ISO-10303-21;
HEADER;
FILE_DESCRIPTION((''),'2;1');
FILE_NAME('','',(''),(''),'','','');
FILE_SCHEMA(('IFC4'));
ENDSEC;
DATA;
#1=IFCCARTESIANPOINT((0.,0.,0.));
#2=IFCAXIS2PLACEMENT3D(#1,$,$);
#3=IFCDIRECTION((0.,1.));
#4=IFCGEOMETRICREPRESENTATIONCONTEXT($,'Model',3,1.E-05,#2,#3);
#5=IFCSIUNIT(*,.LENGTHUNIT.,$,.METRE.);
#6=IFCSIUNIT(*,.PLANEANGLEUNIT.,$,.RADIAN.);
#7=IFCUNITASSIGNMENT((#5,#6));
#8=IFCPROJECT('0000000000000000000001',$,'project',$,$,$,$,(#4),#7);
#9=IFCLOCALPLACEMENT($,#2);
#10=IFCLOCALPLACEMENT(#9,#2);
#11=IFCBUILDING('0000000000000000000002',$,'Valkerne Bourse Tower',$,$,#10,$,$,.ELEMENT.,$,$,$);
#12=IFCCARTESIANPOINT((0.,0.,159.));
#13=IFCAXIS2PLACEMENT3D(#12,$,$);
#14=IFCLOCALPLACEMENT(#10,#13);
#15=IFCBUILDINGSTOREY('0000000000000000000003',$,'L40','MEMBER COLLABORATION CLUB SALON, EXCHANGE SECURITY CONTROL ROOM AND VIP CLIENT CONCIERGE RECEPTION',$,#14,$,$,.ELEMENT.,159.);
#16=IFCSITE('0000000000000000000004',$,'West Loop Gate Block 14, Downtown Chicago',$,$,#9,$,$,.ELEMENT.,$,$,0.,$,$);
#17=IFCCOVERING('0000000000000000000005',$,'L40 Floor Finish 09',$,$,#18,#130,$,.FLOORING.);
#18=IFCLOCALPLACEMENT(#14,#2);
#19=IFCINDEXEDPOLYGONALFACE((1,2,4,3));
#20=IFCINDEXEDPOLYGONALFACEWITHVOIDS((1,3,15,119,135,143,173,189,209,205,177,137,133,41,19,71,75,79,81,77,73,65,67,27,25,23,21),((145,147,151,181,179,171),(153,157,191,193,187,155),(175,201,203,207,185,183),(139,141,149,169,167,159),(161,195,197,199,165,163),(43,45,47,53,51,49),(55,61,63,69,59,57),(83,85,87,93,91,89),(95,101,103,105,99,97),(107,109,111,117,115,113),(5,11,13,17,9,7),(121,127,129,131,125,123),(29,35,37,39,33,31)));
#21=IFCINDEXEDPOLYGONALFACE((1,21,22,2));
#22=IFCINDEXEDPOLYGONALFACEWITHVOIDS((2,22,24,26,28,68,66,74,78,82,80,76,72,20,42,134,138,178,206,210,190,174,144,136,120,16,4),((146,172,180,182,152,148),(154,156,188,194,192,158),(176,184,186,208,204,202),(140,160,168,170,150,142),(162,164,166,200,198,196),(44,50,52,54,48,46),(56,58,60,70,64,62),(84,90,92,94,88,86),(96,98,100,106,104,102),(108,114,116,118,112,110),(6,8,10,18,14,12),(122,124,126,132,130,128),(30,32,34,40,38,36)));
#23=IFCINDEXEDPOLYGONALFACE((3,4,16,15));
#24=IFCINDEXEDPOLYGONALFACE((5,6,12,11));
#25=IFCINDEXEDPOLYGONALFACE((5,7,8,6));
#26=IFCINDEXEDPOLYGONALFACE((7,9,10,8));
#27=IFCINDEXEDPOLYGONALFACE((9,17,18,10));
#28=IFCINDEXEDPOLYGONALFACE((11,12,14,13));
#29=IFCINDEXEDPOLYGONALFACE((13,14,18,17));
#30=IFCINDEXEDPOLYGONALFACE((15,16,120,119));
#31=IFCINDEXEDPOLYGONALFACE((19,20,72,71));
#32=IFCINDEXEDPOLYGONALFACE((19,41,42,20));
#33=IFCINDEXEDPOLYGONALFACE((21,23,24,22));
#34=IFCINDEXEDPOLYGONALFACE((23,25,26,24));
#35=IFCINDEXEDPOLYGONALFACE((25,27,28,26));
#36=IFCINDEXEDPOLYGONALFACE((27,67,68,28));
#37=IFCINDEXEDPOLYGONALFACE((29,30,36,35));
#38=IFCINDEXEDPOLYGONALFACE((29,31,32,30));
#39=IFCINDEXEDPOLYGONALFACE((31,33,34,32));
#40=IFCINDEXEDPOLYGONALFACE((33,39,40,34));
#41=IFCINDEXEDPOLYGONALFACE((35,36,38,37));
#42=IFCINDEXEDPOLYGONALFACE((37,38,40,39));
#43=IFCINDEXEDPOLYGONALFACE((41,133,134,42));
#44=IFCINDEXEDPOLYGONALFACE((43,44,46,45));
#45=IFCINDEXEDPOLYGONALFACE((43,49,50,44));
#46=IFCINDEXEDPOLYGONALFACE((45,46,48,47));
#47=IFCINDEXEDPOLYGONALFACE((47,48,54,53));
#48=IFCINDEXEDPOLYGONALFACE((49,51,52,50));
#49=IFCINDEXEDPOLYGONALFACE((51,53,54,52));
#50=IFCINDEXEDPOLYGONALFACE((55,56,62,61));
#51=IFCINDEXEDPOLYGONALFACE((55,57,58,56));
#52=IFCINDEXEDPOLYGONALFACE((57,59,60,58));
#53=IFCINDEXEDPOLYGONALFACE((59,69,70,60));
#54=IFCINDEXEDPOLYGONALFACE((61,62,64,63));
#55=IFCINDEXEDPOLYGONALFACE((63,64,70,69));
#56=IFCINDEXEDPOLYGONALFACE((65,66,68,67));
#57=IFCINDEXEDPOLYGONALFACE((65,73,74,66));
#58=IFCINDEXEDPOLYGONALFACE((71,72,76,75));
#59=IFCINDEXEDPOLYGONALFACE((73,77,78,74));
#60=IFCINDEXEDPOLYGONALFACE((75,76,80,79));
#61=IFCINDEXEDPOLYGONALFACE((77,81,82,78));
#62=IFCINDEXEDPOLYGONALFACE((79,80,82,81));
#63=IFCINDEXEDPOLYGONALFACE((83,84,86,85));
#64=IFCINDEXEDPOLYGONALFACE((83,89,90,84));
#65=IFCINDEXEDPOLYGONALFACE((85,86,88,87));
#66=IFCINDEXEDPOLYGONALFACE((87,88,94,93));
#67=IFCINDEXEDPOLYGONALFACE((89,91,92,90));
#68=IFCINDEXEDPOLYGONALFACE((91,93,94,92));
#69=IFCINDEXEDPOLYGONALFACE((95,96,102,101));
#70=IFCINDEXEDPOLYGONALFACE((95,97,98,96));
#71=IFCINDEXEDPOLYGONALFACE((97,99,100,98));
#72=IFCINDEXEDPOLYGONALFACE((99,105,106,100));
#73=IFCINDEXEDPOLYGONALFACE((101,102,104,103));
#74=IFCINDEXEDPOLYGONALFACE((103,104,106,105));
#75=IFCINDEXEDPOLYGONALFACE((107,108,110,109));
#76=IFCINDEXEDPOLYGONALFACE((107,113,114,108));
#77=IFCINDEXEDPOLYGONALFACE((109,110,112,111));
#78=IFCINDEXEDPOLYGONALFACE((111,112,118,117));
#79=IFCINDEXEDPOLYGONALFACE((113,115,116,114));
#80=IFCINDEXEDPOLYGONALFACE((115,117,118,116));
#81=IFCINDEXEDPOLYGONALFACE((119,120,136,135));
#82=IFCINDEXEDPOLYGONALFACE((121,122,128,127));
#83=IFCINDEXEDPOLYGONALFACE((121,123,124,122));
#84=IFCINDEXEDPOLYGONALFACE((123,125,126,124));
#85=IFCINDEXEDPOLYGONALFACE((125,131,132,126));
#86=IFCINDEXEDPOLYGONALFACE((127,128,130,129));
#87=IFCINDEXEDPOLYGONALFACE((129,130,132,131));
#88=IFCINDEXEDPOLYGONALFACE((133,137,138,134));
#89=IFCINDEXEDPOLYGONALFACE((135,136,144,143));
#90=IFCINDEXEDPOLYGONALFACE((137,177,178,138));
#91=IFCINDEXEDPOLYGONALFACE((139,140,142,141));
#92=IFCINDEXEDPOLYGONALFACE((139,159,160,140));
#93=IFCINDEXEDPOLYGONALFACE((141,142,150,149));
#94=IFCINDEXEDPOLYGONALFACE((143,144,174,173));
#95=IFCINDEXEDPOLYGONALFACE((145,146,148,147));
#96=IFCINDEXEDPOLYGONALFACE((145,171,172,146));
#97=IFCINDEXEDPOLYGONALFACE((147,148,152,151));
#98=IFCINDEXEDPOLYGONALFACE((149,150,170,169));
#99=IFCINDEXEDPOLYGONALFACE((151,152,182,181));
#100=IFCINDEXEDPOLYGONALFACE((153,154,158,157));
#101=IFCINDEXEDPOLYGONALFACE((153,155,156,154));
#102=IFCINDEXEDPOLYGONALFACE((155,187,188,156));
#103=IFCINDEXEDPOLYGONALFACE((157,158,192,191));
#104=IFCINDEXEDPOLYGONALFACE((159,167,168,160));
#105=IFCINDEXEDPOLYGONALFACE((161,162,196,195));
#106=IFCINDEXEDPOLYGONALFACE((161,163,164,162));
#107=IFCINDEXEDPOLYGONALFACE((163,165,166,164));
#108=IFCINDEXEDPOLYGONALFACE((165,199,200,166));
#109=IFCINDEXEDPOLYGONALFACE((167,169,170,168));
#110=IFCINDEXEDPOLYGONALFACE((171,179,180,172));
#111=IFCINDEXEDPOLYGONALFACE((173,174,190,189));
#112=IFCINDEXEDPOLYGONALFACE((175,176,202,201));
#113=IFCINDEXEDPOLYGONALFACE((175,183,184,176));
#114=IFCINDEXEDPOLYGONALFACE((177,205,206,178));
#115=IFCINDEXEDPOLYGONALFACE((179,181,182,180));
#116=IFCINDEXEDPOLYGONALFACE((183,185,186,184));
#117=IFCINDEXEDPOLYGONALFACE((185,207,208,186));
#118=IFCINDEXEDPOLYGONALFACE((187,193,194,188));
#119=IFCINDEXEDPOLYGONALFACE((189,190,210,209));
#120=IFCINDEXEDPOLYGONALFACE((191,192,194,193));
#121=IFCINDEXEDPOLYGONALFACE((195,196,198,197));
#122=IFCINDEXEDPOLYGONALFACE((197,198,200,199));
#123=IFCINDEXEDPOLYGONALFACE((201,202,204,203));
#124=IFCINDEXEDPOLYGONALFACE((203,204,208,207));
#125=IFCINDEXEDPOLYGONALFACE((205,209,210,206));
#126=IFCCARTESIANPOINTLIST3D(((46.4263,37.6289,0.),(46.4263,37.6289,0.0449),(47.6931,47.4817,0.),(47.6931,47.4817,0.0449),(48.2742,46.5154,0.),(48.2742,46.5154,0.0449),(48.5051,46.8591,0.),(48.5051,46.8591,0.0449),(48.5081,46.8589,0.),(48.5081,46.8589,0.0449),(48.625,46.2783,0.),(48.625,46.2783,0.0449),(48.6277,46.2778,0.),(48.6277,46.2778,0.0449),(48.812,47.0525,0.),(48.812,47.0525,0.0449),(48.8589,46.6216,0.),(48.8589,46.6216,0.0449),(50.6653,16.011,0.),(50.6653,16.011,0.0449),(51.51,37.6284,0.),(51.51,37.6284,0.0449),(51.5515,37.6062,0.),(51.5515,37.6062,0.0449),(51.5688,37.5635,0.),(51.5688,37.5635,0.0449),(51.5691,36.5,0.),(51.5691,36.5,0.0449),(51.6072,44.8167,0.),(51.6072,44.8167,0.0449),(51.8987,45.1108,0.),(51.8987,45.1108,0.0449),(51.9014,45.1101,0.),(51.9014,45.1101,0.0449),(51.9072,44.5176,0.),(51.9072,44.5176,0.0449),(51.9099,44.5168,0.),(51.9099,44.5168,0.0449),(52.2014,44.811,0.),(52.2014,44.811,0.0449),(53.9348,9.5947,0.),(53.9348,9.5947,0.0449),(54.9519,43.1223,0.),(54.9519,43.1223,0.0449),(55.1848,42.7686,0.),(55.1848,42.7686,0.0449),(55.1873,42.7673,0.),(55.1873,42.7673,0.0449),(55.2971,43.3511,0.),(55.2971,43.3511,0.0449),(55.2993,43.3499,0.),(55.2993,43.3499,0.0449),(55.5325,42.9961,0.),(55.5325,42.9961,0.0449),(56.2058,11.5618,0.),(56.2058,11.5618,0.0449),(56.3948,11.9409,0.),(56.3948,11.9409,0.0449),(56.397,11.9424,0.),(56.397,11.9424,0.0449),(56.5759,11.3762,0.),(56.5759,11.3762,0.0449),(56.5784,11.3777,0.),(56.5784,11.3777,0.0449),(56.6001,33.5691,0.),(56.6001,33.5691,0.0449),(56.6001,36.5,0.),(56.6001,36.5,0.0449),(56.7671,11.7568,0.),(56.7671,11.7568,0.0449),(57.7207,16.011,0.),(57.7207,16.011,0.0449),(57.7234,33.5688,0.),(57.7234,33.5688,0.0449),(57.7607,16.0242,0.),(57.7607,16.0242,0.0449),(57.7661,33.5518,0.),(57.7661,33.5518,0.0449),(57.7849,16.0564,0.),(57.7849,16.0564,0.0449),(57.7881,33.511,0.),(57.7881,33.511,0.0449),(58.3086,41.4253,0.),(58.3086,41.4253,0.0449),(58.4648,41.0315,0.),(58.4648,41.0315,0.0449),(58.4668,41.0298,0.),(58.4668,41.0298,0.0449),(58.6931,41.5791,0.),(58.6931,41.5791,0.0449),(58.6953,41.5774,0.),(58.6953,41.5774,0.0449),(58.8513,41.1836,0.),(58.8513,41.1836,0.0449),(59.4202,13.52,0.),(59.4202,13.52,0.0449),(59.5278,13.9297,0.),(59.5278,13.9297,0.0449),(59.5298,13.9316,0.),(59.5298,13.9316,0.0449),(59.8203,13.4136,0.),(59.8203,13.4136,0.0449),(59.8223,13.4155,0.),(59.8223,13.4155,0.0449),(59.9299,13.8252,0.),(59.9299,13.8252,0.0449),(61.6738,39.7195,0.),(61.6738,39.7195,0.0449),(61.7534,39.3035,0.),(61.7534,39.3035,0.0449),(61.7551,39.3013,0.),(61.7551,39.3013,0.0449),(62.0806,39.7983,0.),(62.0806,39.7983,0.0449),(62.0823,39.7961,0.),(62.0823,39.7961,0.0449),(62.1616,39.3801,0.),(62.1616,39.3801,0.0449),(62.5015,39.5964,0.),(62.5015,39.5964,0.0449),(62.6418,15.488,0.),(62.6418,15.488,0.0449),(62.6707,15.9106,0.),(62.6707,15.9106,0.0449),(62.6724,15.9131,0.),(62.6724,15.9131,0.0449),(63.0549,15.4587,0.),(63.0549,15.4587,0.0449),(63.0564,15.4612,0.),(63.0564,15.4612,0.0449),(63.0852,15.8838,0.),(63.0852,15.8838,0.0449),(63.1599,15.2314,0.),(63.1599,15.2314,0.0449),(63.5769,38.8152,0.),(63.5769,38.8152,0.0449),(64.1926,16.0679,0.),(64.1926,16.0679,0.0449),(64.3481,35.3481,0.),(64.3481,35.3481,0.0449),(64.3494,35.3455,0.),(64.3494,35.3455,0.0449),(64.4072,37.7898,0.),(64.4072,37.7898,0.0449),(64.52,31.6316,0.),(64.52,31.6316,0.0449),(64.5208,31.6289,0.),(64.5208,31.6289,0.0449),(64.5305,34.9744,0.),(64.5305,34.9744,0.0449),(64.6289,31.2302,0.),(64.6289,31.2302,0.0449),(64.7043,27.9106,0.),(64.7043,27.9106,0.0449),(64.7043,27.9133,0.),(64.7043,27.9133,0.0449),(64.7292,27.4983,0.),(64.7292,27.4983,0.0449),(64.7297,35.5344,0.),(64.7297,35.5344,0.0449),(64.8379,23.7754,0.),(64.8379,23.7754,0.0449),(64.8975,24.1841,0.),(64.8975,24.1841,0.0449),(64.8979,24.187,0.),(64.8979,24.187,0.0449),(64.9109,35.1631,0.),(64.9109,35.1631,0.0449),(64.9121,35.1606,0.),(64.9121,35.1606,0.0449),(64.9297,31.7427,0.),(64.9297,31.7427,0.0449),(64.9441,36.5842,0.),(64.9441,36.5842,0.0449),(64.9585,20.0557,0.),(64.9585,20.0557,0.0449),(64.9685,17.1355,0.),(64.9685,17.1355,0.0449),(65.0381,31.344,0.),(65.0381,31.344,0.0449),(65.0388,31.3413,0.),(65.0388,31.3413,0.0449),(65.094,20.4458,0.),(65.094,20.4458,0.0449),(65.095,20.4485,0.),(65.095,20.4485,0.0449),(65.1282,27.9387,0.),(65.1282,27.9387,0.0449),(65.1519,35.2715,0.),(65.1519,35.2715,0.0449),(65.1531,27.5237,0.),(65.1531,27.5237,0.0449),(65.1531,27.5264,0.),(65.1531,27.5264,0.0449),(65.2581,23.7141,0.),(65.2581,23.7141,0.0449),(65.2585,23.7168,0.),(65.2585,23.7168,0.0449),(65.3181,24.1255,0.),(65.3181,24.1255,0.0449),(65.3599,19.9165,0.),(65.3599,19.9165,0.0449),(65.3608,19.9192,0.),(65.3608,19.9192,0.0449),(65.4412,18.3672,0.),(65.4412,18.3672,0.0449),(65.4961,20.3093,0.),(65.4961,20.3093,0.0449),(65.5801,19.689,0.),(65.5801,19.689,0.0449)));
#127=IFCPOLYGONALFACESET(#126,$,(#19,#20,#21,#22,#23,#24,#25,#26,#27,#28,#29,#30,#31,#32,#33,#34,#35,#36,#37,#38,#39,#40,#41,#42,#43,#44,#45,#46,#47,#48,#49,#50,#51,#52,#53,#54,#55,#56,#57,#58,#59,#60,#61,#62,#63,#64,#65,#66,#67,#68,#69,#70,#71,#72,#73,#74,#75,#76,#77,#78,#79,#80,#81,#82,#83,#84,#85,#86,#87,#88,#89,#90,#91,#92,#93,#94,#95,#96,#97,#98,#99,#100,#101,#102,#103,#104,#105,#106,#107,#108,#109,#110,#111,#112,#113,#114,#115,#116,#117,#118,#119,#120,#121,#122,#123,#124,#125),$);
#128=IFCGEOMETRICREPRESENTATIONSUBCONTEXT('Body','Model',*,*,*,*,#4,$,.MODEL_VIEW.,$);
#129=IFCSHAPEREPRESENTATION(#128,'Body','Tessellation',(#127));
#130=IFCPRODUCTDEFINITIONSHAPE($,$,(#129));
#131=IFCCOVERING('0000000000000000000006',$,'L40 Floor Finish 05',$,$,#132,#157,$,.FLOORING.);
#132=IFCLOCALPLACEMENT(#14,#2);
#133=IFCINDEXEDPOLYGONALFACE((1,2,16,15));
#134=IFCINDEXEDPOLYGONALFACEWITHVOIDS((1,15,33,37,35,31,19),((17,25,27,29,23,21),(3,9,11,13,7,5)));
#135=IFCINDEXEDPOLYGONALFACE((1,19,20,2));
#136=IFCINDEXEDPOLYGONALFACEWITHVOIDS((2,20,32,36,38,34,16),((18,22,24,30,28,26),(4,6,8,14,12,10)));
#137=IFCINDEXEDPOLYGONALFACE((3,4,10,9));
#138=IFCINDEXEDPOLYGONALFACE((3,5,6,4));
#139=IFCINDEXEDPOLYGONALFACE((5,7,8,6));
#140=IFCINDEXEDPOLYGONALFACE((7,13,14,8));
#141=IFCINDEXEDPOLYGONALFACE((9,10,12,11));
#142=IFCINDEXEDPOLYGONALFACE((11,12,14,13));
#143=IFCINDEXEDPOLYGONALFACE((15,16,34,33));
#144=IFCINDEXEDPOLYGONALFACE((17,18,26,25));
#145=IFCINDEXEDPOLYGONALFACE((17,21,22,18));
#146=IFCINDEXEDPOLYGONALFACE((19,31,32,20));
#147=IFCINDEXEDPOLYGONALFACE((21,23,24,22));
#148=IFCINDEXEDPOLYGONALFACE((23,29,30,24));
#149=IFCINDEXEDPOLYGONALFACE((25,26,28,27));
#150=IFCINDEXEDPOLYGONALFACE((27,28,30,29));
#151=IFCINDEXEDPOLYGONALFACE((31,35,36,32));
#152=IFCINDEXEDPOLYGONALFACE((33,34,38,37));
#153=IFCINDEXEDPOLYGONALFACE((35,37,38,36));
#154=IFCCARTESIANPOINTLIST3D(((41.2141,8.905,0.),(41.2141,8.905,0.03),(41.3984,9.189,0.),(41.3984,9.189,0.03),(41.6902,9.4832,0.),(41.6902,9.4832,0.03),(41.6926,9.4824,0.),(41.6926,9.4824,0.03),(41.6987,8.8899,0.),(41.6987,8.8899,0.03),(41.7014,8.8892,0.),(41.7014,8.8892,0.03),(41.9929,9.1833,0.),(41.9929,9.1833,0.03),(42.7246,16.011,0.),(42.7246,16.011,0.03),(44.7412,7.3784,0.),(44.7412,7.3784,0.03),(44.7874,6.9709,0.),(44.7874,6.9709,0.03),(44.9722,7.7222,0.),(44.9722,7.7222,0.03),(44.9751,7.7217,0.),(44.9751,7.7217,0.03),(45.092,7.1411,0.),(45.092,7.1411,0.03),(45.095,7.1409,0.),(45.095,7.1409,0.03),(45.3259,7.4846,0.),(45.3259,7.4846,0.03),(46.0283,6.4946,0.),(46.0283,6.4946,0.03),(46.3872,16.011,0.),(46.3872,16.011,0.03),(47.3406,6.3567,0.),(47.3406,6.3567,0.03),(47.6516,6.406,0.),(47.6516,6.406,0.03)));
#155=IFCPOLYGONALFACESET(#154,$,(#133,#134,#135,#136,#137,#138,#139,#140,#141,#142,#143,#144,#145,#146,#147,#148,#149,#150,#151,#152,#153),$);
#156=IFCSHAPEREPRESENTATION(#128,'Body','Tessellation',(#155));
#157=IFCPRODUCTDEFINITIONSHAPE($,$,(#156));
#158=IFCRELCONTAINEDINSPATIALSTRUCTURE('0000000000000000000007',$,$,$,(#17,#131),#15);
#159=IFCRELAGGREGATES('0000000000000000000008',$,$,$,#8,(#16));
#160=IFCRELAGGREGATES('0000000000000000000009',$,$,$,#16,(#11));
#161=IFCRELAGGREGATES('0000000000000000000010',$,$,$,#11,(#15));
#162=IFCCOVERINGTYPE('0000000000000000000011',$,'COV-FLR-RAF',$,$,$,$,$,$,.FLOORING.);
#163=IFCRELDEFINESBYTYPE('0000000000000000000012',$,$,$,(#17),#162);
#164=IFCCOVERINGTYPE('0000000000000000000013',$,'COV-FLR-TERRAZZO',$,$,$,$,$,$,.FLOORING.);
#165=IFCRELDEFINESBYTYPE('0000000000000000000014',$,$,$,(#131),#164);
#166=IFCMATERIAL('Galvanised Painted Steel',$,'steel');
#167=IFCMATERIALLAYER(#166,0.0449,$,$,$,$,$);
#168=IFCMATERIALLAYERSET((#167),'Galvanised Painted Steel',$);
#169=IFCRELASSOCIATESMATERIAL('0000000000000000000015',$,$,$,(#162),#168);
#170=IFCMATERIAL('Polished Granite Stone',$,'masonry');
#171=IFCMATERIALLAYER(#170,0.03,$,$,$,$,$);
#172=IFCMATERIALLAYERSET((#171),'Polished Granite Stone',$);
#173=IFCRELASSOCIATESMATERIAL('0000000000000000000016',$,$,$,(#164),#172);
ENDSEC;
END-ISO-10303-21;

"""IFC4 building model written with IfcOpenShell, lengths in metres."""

from ifc_helpers import new_model, si_unit, direction, frame, origin, place, context, subcontext, project, spatial, polyline, outline, extrude, material, layer, layer_set, type_object, element, save


model = new_model("IFC4")

# Units and contexts
model_context = context("Model", 3, precision=1e-05, world=origin(), true_north=direction((0.0, 1.0)))
body_context = subcontext(model_context, "Body", "Model", "MODEL_VIEW")
ifc_project = project(units=[si_unit("LENGTHUNIT", "METRE"), si_unit("PLANEANGLEUNIT", "RADIAN")], contexts=[model_context])

# Site, building, storey
site_placement = place(None, origin())
site = spatial("IfcSite", under=ifc_project, at=site_placement, Name="West Loop Gate Block 14, Downtown Chicago", CompositionType="ELEMENT", RefElevation=0.0)
building_placement = place(site_placement, origin())
building = spatial("IfcBuilding", under=site, at=building_placement, Name="Valkerne Bourse Tower", CompositionType="ELEMENT")
storey_placement = place(building_placement, frame((0.0, 0.0, 159.0)))
storey = spatial("IfcBuildingStorey", under=building, at=storey_placement, Name="L40", Description="MEMBER COLLABORATION CLUB SALON, EXCHANGE SECURITY CONTROL ROOM AND VIP CLIENT CONCIERGE RECEPTION", CompositionType="ELEMENT", Elevation=159.0)

# Coverings
ifc_material_1 = material(Name="Galvanised Painted Steel", Category="steel")
ifc_layer_1 = layer(ifc_material_1, 0.0449)
ifc_layer_set_1 = layer_set([ifc_layer_1], Name="Galvanised Painted Steel")
covering_type_1 = type_object("IfcCoveringType", Name="COV-FLR-RAF", PredefinedType="FLOORING", material=ifc_layer_set_1)
covering_1_placement = place(storey_placement, origin())
element("IfcCovering", 1, at=covering_1_placement, inside=storey, type_object=covering_type_1, Name="L40 Floor Finish 09", PredefinedType="FLOORING", context=body_context, shape_type="SweptSolid", body=[
    extrude(outline(polyline([(64.1926, 16.0679), (63.1599, 15.2314), (53.9348, 9.5947), (50.6653, 16.011), (57.7207, 16.011), (57.7607, 16.0242), (57.7849, 16.0564), (57.7881, 33.511), (57.7661, 33.5518), (57.7234, 33.5688), (56.6001, 33.5691), (56.6001, 36.5), (51.5691, 36.5), (51.5688, 37.5635), (51.5515, 37.6062), (51.51, 37.6284), (46.4263, 37.6289), (47.6931, 47.4817), (48.812, 47.0525), (62.5015, 39.5964), (63.5769, 38.8152), (64.4072, 37.7898), (64.9441, 36.5842), (65.1519, 35.2715), (65.5801, 19.689), (65.4412, 18.3672), (64.9685, 17.1355), (64.1926, 16.0679)]), holes=[polyline([(51.9014, 45.1101), (51.8987, 45.1108), (51.6072, 44.8167), (51.9072, 44.5176), (51.9099, 44.5168), (52.2014, 44.811), (51.9014, 45.1101)]), polyline([(48.5081, 46.8589), (48.5051, 46.8591), (48.2742, 46.5154), (48.625, 46.2783), (48.6277, 46.2778), (48.8589, 46.6216), (48.5081, 46.8589)]), polyline([(56.5784, 11.3777), (56.7671, 11.7568), (56.397, 11.9424), (56.3948, 11.9409), (56.2058, 11.5618), (56.5759, 11.3762), (56.5784, 11.3777)]), polyline([(59.8223, 13.4155), (59.9299, 13.8252), (59.5298, 13.9316), (59.5278, 13.9297), (59.4202, 13.52), (59.8203, 13.4136), (59.8223, 13.4155)]), polyline([(63.0852, 15.8838), (62.6724, 15.9131), (62.6707, 15.9106), (62.6418, 15.488), (63.0549, 15.4587), (63.0564, 15.4612), (63.0852, 15.8838)]), polyline([(65.4961, 20.3093), (65.095, 20.4485), (65.094, 20.4458), (64.9585, 20.0557), (65.3599, 19.9165), (65.3608, 19.9192), (65.4961, 20.3093)]), polyline([(65.3181, 24.1255), (64.8979, 24.187), (64.8975, 24.1841), (64.8379, 23.7754), (65.2581, 23.7141), (65.2585, 23.7168), (65.3181, 24.1255)]), polyline([(65.1531, 27.5237), (65.1531, 27.5264), (65.1282, 27.9387), (64.7043, 27.9133), (64.7043, 27.9106), (64.7292, 27.4983), (65.1531, 27.5237)]), polyline([(65.0388, 31.3413), (65.0381, 31.344), (64.9297, 31.7427), (64.52, 31.6316), (64.5208, 31.6289), (64.6289, 31.2302), (65.0388, 31.3413)]), polyline([(64.9121, 35.1606), (64.9109, 35.1631), (64.7297, 35.5344), (64.3481, 35.3481), (64.3494, 35.3455), (64.5305, 34.9744), (64.9121, 35.1606)]), polyline([(62.1616, 39.3801), (62.0823, 39.7961), (62.0806, 39.7983), (61.6738, 39.7195), (61.7534, 39.3035), (61.7551, 39.3013), (62.1616, 39.3801)]), polyline([(58.6953, 41.5774), (58.6931, 41.5791), (58.3086, 41.4253), (58.4648, 41.0315), (58.4668, 41.0298), (58.8513, 41.1836), (58.6953, 41.5774)]), polyline([(55.5325, 42.9961), (55.2993, 43.3499), (55.2971, 43.3511), (54.9519, 43.1223), (55.1848, 42.7686), (55.1873, 42.7673), (55.5325, 42.9961)])]), origin(), (0.0, 0.0, 1.0), 0.0449),
])
ifc_material_2 = material(Name="Polished Granite Stone", Category="masonry")
ifc_layer_2 = layer(ifc_material_2, 0.03)
ifc_layer_set_2 = layer_set([ifc_layer_2], Name="Polished Granite Stone")
covering_type_2 = type_object("IfcCoveringType", Name="COV-FLR-TERRAZZO", PredefinedType="FLOORING", material=ifc_layer_set_2)
covering_2_placement = place(storey_placement, origin())
element("IfcCovering", 2, at=covering_2_placement, inside=storey, type_object=covering_type_2, Name="L40 Floor Finish 05", PredefinedType="FLOORING", context=body_context, shape_type="SweptSolid", body=[
    extrude(outline(polyline([(44.7874, 6.9709), (41.2141, 8.905), (42.7246, 16.011), (46.3872, 16.011), (47.6516, 6.406), (47.3406, 6.3567), (46.0283, 6.4946), (44.7874, 6.9709)]), holes=[polyline([(45.3259, 7.4846), (44.9751, 7.7217), (44.9722, 7.7222), (44.7412, 7.3784), (45.092, 7.1411), (45.095, 7.1409), (45.3259, 7.4846)]), polyline([(41.6926, 9.4824), (41.6902, 9.4832), (41.3984, 9.189), (41.6987, 8.8899), (41.7014, 8.8892), (41.9929, 9.1833), (41.6926, 9.4824)])]), origin(), (0.0, 0.0, 1.0), 0.03),
])

save(model, "model.ifc")
